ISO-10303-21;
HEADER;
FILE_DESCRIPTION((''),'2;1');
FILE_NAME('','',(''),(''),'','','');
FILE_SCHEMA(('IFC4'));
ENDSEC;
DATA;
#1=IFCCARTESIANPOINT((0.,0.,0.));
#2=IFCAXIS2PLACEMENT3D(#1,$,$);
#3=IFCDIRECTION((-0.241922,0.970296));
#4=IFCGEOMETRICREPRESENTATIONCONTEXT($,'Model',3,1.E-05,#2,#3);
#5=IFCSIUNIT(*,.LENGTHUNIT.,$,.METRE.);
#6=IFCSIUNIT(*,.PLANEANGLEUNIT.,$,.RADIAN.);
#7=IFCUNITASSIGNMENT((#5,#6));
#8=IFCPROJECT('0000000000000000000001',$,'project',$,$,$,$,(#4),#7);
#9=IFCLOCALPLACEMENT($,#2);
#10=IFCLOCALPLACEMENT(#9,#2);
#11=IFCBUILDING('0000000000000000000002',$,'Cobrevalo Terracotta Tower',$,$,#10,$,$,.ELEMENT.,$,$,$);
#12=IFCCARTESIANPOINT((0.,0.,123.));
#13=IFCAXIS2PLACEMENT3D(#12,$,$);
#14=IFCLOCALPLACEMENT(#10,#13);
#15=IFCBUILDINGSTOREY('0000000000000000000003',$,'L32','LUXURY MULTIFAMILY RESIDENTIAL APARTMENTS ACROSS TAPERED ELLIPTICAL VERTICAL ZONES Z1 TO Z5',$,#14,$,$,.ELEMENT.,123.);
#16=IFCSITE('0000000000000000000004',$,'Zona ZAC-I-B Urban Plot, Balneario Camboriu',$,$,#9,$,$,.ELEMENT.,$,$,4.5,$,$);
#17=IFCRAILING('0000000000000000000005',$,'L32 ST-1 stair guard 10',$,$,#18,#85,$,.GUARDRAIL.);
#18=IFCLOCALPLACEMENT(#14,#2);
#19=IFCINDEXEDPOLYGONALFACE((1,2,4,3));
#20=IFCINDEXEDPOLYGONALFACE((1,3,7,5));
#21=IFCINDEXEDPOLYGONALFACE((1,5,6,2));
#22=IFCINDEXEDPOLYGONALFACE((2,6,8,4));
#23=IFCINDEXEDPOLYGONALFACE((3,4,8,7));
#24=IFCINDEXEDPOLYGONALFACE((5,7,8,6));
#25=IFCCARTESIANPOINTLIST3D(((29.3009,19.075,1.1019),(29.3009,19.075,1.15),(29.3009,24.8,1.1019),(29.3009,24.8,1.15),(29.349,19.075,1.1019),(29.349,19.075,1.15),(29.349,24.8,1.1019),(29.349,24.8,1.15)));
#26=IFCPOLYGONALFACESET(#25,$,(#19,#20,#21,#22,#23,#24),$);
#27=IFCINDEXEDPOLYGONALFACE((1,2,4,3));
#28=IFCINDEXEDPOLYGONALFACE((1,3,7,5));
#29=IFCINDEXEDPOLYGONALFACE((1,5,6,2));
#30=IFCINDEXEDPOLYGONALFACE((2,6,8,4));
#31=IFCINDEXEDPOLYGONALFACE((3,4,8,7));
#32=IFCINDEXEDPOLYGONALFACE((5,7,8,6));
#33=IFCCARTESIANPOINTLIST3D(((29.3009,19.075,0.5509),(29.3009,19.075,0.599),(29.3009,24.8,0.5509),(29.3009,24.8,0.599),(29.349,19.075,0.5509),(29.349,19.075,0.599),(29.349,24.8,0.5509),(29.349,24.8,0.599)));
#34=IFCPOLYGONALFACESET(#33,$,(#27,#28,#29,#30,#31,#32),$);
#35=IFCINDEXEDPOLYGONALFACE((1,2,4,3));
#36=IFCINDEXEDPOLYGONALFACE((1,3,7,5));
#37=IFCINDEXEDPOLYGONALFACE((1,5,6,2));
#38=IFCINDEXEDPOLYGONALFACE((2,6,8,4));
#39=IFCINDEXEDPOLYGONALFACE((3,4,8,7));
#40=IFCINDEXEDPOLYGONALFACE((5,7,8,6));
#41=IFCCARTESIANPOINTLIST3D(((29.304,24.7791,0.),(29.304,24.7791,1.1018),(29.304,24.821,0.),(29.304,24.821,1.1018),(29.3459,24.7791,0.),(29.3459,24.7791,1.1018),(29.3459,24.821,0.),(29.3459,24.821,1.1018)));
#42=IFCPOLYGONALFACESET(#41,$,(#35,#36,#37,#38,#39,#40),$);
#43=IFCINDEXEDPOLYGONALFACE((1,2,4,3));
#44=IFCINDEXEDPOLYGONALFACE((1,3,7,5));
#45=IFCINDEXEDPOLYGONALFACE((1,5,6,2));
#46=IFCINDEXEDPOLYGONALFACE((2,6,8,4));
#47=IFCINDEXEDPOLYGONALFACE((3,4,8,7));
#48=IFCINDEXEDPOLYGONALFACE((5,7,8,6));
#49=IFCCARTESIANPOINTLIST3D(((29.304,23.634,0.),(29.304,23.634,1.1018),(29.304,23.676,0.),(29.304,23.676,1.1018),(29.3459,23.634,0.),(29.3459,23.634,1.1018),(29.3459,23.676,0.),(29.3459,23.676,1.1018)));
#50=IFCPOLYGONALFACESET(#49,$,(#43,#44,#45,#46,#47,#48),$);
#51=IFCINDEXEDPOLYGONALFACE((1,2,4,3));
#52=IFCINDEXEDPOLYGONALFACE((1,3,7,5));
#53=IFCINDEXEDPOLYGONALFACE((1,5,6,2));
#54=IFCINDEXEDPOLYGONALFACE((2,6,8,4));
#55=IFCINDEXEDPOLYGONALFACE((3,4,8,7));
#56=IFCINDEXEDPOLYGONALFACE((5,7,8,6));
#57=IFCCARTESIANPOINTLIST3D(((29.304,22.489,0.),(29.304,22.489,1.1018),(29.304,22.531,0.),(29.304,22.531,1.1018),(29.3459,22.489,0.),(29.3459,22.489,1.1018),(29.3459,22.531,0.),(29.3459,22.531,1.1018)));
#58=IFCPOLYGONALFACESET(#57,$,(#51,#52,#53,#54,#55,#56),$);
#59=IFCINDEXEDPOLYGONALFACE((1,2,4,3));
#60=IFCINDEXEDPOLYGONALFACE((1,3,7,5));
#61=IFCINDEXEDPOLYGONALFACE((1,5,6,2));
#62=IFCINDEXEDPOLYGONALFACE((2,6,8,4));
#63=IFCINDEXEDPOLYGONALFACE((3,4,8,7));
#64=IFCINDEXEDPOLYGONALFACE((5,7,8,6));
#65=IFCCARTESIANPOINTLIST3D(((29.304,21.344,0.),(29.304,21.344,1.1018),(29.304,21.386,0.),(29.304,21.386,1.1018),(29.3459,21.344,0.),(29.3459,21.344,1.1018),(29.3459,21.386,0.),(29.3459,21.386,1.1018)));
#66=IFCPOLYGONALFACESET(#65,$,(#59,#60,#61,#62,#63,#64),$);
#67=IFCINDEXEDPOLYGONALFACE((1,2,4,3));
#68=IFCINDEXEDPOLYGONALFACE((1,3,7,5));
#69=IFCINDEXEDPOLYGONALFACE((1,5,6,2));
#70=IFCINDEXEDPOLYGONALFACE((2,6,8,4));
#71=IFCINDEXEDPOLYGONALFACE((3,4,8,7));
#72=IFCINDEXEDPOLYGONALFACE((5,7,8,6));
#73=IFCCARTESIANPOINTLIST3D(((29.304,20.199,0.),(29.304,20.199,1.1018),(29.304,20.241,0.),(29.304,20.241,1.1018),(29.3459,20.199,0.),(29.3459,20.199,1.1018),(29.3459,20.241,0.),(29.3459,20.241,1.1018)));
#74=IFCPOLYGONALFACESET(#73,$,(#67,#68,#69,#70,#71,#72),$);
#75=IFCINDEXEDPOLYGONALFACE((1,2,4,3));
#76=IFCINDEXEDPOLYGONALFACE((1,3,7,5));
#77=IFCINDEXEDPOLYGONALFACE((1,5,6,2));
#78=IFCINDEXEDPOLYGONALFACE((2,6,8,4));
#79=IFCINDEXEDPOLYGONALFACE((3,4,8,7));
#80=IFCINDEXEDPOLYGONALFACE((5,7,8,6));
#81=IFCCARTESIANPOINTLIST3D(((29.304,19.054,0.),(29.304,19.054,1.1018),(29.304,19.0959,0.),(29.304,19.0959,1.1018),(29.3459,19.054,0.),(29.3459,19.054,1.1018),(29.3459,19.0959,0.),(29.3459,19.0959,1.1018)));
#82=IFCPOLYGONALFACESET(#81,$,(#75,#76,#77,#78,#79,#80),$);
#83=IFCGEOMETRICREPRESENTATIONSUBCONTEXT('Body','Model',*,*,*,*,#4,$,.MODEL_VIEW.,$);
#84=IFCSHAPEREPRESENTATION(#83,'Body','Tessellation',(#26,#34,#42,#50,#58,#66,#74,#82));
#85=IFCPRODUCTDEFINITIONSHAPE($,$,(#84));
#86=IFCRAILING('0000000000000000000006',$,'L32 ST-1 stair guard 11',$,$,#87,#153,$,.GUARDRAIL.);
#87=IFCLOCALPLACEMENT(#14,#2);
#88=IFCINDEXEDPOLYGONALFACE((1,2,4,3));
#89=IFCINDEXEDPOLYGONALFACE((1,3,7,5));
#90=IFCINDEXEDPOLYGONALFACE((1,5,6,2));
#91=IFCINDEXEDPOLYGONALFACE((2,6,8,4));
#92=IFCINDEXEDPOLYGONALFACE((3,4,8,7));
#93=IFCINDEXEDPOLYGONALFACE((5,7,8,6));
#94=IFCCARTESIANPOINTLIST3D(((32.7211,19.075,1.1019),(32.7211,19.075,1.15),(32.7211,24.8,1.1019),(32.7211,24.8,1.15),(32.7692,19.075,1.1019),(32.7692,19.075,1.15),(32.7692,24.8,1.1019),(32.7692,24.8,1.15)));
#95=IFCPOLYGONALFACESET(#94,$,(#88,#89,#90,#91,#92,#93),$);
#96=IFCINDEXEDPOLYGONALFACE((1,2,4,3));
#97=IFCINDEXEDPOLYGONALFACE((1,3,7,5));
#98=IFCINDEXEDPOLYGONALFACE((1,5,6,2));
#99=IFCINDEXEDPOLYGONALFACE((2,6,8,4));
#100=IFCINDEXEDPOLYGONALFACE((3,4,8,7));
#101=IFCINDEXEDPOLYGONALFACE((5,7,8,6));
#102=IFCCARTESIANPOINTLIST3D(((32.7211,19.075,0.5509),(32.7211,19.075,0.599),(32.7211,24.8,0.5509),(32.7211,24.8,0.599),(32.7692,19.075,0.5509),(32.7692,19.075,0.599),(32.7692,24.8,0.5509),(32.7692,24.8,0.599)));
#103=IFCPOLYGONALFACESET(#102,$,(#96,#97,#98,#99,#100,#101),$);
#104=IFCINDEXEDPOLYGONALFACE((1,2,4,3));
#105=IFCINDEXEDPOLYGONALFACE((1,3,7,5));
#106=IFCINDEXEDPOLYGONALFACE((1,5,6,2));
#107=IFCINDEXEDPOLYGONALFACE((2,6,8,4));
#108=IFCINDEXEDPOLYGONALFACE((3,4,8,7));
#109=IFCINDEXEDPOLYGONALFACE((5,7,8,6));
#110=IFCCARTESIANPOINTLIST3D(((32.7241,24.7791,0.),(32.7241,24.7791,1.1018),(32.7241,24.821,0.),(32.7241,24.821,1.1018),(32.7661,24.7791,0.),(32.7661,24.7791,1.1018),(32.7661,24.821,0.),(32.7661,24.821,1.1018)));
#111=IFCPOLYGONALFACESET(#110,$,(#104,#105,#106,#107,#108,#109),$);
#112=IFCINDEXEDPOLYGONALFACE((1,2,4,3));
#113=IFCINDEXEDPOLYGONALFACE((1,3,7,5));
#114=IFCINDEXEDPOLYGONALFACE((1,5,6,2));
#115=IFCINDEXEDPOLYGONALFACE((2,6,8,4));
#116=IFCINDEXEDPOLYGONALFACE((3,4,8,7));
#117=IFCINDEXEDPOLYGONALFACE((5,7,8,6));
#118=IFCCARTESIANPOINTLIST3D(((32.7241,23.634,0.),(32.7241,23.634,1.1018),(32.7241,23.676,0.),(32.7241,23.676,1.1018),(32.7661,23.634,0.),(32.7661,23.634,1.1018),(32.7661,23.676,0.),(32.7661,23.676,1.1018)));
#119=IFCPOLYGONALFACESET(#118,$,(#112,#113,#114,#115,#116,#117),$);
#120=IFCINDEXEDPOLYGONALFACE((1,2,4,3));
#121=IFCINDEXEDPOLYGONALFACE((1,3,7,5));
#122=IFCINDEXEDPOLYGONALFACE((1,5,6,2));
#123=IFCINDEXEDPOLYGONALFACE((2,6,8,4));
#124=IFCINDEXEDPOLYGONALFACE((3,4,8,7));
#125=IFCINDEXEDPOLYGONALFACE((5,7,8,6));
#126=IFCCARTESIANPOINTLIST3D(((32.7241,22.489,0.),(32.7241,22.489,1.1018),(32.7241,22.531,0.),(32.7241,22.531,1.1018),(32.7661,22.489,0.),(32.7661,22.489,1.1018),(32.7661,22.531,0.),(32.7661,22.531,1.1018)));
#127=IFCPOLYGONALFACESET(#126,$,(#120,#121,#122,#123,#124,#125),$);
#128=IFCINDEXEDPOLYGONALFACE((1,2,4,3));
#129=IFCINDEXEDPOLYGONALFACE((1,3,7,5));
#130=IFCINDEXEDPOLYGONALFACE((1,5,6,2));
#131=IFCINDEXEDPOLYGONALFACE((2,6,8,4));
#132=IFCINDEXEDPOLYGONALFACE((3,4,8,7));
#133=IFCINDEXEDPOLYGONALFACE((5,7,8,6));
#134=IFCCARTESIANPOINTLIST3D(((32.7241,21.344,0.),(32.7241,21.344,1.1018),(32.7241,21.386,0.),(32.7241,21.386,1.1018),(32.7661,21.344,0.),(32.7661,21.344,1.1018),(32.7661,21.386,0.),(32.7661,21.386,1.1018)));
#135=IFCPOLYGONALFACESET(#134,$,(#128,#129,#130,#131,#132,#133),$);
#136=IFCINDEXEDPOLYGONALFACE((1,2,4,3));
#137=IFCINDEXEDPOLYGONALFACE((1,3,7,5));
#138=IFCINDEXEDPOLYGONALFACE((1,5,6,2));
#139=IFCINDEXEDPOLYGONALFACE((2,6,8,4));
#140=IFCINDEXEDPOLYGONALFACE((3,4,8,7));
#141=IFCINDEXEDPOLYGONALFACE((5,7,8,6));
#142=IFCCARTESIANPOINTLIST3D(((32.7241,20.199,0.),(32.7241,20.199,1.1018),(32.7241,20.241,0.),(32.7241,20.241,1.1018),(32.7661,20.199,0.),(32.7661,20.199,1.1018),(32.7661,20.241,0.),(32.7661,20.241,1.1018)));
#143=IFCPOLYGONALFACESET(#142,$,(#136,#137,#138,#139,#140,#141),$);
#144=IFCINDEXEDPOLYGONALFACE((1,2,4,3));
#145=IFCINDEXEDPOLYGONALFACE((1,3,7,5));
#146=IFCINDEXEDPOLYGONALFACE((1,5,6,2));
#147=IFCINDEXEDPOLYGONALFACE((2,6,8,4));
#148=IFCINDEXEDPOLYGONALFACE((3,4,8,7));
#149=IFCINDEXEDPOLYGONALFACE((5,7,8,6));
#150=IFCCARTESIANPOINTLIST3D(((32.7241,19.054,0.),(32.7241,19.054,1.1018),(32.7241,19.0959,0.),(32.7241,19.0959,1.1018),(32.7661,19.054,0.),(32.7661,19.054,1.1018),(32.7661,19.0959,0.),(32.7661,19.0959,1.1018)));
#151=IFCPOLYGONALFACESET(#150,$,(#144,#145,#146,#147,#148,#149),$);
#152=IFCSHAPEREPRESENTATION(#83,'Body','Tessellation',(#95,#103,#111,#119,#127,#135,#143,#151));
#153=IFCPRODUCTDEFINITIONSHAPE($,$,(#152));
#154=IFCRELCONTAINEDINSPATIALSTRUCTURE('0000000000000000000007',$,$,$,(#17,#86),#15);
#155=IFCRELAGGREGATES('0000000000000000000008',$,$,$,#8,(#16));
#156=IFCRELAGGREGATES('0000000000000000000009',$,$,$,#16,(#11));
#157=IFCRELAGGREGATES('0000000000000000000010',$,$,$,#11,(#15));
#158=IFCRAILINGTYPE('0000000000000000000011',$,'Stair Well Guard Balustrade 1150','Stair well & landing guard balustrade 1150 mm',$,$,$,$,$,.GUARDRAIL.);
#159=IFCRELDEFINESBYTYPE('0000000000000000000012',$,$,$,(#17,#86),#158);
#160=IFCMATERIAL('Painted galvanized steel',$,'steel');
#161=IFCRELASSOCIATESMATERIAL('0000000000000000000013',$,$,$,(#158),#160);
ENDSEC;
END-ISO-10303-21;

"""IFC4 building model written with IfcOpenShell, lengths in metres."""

from ifc_helpers import new_model, si_unit, direction, frame, origin, origin_2d, place, context, subcontext, project, spatial, rectangle, extrude, material, type_object, element, save


model = new_model("IFC4")

# Units and contexts
model_context = context("Model", 3, precision=1e-05, world=origin(), true_north=direction((-0.241922, 0.970296)))
body_context = subcontext(model_context, "Body", "Model", "MODEL_VIEW")
ifc_project = project(units=[si_unit("LENGTHUNIT", "METRE"), si_unit("PLANEANGLEUNIT", "RADIAN")], contexts=[model_context])

# Site, building, storey
site_placement = place(None, origin())
site = spatial("IfcSite", under=ifc_project, at=site_placement, Name="Zona ZAC-I-B Urban Plot, Balneario Camboriu", CompositionType="ELEMENT", RefElevation=4.5)
building_placement = place(site_placement, origin())
building = spatial("IfcBuilding", under=site, at=building_placement, Name="Cobrevalo Terracotta Tower", CompositionType="ELEMENT")
storey_placement = place(building_placement, frame((0.0, 0.0, 123.0)))
storey = spatial("IfcBuildingStorey", under=building, at=storey_placement, Name="L32", Description="LUXURY MULTIFAMILY RESIDENTIAL APARTMENTS ACROSS TAPERED ELLIPTICAL VERTICAL ZONES Z1 TO Z5", CompositionType="ELEMENT", Elevation=123.0)

# Railings
ifc_material_1 = material(Name="Painted galvanized steel", Category="steel")
railing_type_1 = type_object("IfcRailingType", Name="Stair Well Guard Balustrade 1150", Description="Stair well & landing guard balustrade 1150 mm", PredefinedType="GUARDRAIL", material=ifc_material_1)
for number, where, name in (
    (1, (29.325, 24.8, 0.0), "L32 ST-1 stair guard 10"),
    (2, (32.7451, 24.8, 0.0), "L32 ST-1 stair guard 11"),
):
    element("IfcRailing", number, at=place(storey_placement, frame(where)), inside=storey, type_object=railing_type_1, Name=name, PredefinedType="GUARDRAIL", context=body_context, shape_type="SweptSolid", body=[
        extrude(rectangle(XDim=0.0481, YDim=0.0481, at=origin_2d()), frame((0.0, 0.0, 1.126), z_axis=(0.0, -1.0, 0.0), x_axis=(1.0, 0.0, 0.0)), (0.0, 0.0, 1.0), 5.7251),
        extrude(rectangle(XDim=0.0481, YDim=0.0481, at=origin_2d()), frame((0.0, 0.0, 0.575), z_axis=(0.0, -1.0, 0.0), x_axis=(1.0, 0.0, 0.0)), (0.0, 0.0, 1.0), 5.7251),
        extrude(rectangle(XDim=0.042, YDim=0.042, at=origin_2d()), origin(), (0.0, 0.0, 1.0), 1.1018),
        extrude(rectangle(XDim=0.042, YDim=0.042, at=origin_2d()), frame((0.0, -1.145, 0.0)), (0.0, 0.0, 1.0), 1.1018),
        extrude(rectangle(XDim=0.042, YDim=0.042, at=origin_2d()), frame((0.0, -2.29, 0.0)), (0.0, 0.0, 1.0), 1.1018),
        extrude(rectangle(XDim=0.042, YDim=0.042, at=origin_2d()), frame((0.0, -3.4351, 0.0)), (0.0, 0.0, 1.0), 1.1018),
        extrude(rectangle(XDim=0.042, YDim=0.042, at=origin_2d()), frame((0.0, -4.5801, 0.0)), (0.0, 0.0, 1.0), 1.1018),
        extrude(rectangle(XDim=0.042, YDim=0.042, at=origin_2d()), frame((0.0, -5.7251, 0.0)), (0.0, 0.0, 1.0), 1.1018),
    ])

save(model, "model.ifc")
